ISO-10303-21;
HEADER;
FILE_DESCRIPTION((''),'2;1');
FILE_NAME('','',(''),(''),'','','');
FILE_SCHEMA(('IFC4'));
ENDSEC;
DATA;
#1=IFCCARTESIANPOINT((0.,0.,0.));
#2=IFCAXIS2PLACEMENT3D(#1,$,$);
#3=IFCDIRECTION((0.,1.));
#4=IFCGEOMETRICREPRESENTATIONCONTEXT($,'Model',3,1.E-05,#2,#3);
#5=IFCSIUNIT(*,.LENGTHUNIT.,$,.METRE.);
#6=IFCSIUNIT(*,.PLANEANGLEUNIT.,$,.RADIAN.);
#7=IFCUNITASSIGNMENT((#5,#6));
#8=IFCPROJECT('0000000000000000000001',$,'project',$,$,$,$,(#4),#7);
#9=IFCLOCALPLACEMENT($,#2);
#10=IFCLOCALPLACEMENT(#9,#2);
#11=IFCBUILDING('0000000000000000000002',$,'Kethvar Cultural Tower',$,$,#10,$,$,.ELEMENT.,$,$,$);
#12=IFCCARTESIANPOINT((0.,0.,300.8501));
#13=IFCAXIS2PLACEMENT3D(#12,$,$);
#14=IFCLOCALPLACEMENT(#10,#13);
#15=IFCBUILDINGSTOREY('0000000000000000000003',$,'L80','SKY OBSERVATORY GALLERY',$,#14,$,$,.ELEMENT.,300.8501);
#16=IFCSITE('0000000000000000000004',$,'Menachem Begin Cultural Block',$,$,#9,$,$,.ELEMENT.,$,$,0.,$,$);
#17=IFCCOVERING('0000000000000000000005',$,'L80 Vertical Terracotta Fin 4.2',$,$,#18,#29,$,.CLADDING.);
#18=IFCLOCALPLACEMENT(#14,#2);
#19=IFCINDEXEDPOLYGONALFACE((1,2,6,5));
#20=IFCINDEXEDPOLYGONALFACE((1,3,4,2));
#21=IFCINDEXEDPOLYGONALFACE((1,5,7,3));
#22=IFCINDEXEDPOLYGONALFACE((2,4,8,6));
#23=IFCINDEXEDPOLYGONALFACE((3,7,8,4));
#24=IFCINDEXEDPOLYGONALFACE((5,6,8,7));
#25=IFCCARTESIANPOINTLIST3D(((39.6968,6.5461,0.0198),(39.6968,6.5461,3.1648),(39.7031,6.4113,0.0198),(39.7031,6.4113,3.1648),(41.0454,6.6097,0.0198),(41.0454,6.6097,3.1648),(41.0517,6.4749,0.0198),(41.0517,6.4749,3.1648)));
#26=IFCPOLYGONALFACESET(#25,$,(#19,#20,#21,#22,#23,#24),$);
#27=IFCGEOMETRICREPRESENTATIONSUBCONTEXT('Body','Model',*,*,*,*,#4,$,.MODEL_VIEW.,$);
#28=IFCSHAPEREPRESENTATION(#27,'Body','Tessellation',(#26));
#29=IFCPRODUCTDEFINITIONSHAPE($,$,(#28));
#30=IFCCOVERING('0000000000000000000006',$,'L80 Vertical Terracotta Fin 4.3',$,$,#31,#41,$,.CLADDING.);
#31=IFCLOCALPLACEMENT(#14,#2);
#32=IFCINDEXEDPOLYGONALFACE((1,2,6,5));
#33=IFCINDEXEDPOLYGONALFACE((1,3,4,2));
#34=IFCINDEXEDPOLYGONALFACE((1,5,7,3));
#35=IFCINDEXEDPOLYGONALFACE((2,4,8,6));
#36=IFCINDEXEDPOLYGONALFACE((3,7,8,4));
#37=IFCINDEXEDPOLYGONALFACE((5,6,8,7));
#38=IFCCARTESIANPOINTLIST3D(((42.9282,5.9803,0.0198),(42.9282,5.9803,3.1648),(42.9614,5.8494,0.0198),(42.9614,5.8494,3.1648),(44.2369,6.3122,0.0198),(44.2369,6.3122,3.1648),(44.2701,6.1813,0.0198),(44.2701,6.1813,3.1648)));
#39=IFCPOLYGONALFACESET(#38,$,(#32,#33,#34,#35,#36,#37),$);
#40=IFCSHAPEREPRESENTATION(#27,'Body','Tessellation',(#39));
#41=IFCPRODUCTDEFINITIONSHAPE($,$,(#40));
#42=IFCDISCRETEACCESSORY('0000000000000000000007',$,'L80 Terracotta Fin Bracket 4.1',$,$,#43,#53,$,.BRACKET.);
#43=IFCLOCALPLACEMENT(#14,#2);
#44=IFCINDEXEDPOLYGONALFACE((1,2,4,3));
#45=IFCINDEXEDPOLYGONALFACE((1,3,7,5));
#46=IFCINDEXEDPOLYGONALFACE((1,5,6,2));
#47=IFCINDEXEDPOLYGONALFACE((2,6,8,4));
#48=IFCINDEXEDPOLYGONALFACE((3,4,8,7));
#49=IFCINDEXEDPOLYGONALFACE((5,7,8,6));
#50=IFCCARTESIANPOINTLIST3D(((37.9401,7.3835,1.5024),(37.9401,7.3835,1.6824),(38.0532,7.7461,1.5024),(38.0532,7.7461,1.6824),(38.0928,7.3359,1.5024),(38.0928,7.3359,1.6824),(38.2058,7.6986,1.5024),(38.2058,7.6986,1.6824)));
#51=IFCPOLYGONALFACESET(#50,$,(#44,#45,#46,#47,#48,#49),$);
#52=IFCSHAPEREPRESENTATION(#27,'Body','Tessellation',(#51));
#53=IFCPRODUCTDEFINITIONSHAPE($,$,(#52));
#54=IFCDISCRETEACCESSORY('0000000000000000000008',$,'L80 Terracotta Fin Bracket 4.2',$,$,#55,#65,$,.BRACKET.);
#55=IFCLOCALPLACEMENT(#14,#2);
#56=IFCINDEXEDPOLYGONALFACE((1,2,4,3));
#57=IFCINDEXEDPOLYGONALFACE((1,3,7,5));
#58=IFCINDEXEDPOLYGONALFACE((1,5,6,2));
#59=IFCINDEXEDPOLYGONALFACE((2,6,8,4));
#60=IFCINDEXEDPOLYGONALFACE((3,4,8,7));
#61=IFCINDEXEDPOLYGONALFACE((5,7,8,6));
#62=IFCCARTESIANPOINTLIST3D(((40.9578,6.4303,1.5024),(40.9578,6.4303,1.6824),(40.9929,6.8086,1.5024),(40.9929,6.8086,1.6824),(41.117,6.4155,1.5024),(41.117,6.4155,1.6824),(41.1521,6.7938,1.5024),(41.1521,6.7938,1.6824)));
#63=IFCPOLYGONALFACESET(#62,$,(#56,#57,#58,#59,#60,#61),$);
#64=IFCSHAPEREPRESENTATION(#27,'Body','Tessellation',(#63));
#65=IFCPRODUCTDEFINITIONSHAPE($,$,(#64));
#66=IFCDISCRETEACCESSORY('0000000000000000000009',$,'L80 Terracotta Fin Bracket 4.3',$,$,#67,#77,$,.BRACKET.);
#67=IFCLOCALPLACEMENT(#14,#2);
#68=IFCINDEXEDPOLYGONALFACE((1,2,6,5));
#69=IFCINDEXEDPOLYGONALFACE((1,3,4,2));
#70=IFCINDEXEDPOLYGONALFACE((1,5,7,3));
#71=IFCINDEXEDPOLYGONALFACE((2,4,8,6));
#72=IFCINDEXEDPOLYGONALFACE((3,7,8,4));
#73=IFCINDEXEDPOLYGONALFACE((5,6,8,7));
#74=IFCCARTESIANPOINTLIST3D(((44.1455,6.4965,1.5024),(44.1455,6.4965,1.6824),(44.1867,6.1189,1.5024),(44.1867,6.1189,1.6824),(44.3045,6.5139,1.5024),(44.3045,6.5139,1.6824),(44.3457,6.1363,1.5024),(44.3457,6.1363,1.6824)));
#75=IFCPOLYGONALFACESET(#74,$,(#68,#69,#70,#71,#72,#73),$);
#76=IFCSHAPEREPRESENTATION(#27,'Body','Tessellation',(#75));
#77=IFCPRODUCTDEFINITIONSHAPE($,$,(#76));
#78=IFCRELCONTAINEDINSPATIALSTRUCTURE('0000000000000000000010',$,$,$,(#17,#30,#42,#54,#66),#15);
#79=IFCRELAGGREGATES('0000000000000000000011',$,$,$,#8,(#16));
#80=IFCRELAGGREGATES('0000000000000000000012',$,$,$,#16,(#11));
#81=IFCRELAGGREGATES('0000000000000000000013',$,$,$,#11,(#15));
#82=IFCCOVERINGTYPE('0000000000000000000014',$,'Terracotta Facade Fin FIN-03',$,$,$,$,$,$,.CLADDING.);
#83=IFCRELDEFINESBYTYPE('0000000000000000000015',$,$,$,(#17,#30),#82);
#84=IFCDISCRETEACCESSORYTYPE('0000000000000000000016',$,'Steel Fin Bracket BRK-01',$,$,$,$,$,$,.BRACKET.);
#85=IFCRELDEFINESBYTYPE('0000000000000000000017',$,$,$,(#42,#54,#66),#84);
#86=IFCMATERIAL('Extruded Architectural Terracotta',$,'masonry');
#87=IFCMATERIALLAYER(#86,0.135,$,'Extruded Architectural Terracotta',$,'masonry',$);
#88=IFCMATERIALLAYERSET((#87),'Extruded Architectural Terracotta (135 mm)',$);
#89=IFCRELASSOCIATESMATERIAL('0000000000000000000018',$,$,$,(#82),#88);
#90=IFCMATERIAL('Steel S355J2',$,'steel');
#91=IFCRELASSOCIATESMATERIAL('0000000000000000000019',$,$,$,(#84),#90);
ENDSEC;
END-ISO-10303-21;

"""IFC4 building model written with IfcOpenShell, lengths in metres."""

from ifc_helpers import new_model, si_unit, direction, frame, origin, origin_2d, place, context, subcontext, project, spatial, rectangle, extrude, source, transform, mapped, material, layer, layer_set, type_object, element, save


model = new_model("IFC4")

# Units and contexts
model_context = context("Model", 3, precision=1e-05, world=origin(), true_north=direction((0.0, 1.0)))
body_context = subcontext(model_context, "Body", "Model", "MODEL_VIEW")
ifc_project = project(units=[si_unit("LENGTHUNIT", "METRE"), si_unit("PLANEANGLEUNIT", "RADIAN")], contexts=[model_context])

# Site, building, storey
site_placement = place(None, origin())
site = spatial("IfcSite", under=ifc_project, at=site_placement, Name="Menachem Begin Cultural Block", CompositionType="ELEMENT", RefElevation=0.0)
building_placement = place(site_placement, origin())
building = spatial("IfcBuilding", under=site, at=building_placement, Name="Kethvar Cultural Tower", CompositionType="ELEMENT")
storey_placement = place(building_placement, frame((0.0, 0.0, 300.8501)))
storey = spatial("IfcBuildingStorey", under=building, at=storey_placement, Name="L80", Description="SKY OBSERVATORY GALLERY", CompositionType="ELEMENT", Elevation=300.8501)

# Shared definitions
ifc_material_1 = material(Name="Steel S355J2", Category="steel")

# Coverings
ifc_material_2 = material(Name="Extruded Architectural Terracotta", Category="masonry")
ifc_layer_1 = layer(ifc_material_2, 0.135, Name="Extruded Architectural Terracotta", Category="masonry")
ifc_layer_set_1 = layer_set([ifc_layer_1], Name="Extruded Architectural Terracotta (135 mm)")
covering_type = type_object("IfcCoveringType", Name="Terracotta Facade Fin FIN-03", PredefinedType="CLADDING", material=ifc_layer_set_1)
shared_shape_1 = source(origin(), body_context, "Body", "SweptSolid", [
    extrude(rectangle(XDim=1.3501, YDim=0.135, at=origin_2d()), origin(), (0.0, 0.0, 1.0), 3.145),
])
for number, where, z_axis, x_axis, name in (
    (1, (40.3743, 6.5105, 0.0198), (0.0, 0.0, 1.0), (-0.99889, -0.047106, 0.0), "L80 Vertical Terracotta Fin 4.2"),
    (2, (43.5991, 6.0808, 0.0198), (0.0, 0.0, 1.0), (-0.969317, -0.245815, 0.0), "L80 Vertical Terracotta Fin 4.3"),
):
    element("IfcCovering", number, at=place(storey_placement, frame(where, z_axis=z_axis, x_axis=x_axis)), inside=storey, type_object=covering_type, Name=name, PredefinedType="CLADDING", context=body_context, shape_type="MappedRepresentation", body=[
        mapped(shared_shape_1, transform((0.0, 0.0, 0.0), scale=1.0)),
    ])

# Discrete accessories
discrete_accessory_type = type_object("IfcDiscreteAccessoryType", Name="Steel Fin Bracket BRK-01", PredefinedType="BRACKET", material=ifc_material_1)
shared_shape_2 = source(origin(), body_context, "Body", "SweptSolid", [
    extrude(rectangle(XDim=0.3799, YDim=0.1599, at=origin_2d()), origin(), (0.0, 0.0, 1.0), 0.1799),
])
for number, where, z_axis, x_axis, name in (
    (3, (38.073, 7.541, 1.5024), (0.0, 0.0, 1.0), (-0.297542, -0.954709, 0.0), "L80 Terracotta Fin Bracket 4.1"),
    (4, (41.0549, 6.6121, 1.5024), (0.0, 0.0, 1.0), (-0.092371, -0.995725, 0.0), "L80 Terracotta Fin Bracket 4.2"),
    (5, (44.2456, 6.3164, 1.5024), (0.0, 0.0, 1.0), (0.10852, -0.994094, 0.0), "L80 Terracotta Fin Bracket 4.3"),
):
    element("IfcDiscreteAccessory", number, at=place(storey_placement, frame(where, z_axis=z_axis, x_axis=x_axis)), inside=storey, type_object=discrete_accessory_type, Name=name, PredefinedType="BRACKET", context=body_context, shape_type="MappedRepresentation", body=[
        mapped(shared_shape_2, transform((0.0, 0.0, 0.0), scale=1.0)),
    ])

save(model, "model.ifc")
